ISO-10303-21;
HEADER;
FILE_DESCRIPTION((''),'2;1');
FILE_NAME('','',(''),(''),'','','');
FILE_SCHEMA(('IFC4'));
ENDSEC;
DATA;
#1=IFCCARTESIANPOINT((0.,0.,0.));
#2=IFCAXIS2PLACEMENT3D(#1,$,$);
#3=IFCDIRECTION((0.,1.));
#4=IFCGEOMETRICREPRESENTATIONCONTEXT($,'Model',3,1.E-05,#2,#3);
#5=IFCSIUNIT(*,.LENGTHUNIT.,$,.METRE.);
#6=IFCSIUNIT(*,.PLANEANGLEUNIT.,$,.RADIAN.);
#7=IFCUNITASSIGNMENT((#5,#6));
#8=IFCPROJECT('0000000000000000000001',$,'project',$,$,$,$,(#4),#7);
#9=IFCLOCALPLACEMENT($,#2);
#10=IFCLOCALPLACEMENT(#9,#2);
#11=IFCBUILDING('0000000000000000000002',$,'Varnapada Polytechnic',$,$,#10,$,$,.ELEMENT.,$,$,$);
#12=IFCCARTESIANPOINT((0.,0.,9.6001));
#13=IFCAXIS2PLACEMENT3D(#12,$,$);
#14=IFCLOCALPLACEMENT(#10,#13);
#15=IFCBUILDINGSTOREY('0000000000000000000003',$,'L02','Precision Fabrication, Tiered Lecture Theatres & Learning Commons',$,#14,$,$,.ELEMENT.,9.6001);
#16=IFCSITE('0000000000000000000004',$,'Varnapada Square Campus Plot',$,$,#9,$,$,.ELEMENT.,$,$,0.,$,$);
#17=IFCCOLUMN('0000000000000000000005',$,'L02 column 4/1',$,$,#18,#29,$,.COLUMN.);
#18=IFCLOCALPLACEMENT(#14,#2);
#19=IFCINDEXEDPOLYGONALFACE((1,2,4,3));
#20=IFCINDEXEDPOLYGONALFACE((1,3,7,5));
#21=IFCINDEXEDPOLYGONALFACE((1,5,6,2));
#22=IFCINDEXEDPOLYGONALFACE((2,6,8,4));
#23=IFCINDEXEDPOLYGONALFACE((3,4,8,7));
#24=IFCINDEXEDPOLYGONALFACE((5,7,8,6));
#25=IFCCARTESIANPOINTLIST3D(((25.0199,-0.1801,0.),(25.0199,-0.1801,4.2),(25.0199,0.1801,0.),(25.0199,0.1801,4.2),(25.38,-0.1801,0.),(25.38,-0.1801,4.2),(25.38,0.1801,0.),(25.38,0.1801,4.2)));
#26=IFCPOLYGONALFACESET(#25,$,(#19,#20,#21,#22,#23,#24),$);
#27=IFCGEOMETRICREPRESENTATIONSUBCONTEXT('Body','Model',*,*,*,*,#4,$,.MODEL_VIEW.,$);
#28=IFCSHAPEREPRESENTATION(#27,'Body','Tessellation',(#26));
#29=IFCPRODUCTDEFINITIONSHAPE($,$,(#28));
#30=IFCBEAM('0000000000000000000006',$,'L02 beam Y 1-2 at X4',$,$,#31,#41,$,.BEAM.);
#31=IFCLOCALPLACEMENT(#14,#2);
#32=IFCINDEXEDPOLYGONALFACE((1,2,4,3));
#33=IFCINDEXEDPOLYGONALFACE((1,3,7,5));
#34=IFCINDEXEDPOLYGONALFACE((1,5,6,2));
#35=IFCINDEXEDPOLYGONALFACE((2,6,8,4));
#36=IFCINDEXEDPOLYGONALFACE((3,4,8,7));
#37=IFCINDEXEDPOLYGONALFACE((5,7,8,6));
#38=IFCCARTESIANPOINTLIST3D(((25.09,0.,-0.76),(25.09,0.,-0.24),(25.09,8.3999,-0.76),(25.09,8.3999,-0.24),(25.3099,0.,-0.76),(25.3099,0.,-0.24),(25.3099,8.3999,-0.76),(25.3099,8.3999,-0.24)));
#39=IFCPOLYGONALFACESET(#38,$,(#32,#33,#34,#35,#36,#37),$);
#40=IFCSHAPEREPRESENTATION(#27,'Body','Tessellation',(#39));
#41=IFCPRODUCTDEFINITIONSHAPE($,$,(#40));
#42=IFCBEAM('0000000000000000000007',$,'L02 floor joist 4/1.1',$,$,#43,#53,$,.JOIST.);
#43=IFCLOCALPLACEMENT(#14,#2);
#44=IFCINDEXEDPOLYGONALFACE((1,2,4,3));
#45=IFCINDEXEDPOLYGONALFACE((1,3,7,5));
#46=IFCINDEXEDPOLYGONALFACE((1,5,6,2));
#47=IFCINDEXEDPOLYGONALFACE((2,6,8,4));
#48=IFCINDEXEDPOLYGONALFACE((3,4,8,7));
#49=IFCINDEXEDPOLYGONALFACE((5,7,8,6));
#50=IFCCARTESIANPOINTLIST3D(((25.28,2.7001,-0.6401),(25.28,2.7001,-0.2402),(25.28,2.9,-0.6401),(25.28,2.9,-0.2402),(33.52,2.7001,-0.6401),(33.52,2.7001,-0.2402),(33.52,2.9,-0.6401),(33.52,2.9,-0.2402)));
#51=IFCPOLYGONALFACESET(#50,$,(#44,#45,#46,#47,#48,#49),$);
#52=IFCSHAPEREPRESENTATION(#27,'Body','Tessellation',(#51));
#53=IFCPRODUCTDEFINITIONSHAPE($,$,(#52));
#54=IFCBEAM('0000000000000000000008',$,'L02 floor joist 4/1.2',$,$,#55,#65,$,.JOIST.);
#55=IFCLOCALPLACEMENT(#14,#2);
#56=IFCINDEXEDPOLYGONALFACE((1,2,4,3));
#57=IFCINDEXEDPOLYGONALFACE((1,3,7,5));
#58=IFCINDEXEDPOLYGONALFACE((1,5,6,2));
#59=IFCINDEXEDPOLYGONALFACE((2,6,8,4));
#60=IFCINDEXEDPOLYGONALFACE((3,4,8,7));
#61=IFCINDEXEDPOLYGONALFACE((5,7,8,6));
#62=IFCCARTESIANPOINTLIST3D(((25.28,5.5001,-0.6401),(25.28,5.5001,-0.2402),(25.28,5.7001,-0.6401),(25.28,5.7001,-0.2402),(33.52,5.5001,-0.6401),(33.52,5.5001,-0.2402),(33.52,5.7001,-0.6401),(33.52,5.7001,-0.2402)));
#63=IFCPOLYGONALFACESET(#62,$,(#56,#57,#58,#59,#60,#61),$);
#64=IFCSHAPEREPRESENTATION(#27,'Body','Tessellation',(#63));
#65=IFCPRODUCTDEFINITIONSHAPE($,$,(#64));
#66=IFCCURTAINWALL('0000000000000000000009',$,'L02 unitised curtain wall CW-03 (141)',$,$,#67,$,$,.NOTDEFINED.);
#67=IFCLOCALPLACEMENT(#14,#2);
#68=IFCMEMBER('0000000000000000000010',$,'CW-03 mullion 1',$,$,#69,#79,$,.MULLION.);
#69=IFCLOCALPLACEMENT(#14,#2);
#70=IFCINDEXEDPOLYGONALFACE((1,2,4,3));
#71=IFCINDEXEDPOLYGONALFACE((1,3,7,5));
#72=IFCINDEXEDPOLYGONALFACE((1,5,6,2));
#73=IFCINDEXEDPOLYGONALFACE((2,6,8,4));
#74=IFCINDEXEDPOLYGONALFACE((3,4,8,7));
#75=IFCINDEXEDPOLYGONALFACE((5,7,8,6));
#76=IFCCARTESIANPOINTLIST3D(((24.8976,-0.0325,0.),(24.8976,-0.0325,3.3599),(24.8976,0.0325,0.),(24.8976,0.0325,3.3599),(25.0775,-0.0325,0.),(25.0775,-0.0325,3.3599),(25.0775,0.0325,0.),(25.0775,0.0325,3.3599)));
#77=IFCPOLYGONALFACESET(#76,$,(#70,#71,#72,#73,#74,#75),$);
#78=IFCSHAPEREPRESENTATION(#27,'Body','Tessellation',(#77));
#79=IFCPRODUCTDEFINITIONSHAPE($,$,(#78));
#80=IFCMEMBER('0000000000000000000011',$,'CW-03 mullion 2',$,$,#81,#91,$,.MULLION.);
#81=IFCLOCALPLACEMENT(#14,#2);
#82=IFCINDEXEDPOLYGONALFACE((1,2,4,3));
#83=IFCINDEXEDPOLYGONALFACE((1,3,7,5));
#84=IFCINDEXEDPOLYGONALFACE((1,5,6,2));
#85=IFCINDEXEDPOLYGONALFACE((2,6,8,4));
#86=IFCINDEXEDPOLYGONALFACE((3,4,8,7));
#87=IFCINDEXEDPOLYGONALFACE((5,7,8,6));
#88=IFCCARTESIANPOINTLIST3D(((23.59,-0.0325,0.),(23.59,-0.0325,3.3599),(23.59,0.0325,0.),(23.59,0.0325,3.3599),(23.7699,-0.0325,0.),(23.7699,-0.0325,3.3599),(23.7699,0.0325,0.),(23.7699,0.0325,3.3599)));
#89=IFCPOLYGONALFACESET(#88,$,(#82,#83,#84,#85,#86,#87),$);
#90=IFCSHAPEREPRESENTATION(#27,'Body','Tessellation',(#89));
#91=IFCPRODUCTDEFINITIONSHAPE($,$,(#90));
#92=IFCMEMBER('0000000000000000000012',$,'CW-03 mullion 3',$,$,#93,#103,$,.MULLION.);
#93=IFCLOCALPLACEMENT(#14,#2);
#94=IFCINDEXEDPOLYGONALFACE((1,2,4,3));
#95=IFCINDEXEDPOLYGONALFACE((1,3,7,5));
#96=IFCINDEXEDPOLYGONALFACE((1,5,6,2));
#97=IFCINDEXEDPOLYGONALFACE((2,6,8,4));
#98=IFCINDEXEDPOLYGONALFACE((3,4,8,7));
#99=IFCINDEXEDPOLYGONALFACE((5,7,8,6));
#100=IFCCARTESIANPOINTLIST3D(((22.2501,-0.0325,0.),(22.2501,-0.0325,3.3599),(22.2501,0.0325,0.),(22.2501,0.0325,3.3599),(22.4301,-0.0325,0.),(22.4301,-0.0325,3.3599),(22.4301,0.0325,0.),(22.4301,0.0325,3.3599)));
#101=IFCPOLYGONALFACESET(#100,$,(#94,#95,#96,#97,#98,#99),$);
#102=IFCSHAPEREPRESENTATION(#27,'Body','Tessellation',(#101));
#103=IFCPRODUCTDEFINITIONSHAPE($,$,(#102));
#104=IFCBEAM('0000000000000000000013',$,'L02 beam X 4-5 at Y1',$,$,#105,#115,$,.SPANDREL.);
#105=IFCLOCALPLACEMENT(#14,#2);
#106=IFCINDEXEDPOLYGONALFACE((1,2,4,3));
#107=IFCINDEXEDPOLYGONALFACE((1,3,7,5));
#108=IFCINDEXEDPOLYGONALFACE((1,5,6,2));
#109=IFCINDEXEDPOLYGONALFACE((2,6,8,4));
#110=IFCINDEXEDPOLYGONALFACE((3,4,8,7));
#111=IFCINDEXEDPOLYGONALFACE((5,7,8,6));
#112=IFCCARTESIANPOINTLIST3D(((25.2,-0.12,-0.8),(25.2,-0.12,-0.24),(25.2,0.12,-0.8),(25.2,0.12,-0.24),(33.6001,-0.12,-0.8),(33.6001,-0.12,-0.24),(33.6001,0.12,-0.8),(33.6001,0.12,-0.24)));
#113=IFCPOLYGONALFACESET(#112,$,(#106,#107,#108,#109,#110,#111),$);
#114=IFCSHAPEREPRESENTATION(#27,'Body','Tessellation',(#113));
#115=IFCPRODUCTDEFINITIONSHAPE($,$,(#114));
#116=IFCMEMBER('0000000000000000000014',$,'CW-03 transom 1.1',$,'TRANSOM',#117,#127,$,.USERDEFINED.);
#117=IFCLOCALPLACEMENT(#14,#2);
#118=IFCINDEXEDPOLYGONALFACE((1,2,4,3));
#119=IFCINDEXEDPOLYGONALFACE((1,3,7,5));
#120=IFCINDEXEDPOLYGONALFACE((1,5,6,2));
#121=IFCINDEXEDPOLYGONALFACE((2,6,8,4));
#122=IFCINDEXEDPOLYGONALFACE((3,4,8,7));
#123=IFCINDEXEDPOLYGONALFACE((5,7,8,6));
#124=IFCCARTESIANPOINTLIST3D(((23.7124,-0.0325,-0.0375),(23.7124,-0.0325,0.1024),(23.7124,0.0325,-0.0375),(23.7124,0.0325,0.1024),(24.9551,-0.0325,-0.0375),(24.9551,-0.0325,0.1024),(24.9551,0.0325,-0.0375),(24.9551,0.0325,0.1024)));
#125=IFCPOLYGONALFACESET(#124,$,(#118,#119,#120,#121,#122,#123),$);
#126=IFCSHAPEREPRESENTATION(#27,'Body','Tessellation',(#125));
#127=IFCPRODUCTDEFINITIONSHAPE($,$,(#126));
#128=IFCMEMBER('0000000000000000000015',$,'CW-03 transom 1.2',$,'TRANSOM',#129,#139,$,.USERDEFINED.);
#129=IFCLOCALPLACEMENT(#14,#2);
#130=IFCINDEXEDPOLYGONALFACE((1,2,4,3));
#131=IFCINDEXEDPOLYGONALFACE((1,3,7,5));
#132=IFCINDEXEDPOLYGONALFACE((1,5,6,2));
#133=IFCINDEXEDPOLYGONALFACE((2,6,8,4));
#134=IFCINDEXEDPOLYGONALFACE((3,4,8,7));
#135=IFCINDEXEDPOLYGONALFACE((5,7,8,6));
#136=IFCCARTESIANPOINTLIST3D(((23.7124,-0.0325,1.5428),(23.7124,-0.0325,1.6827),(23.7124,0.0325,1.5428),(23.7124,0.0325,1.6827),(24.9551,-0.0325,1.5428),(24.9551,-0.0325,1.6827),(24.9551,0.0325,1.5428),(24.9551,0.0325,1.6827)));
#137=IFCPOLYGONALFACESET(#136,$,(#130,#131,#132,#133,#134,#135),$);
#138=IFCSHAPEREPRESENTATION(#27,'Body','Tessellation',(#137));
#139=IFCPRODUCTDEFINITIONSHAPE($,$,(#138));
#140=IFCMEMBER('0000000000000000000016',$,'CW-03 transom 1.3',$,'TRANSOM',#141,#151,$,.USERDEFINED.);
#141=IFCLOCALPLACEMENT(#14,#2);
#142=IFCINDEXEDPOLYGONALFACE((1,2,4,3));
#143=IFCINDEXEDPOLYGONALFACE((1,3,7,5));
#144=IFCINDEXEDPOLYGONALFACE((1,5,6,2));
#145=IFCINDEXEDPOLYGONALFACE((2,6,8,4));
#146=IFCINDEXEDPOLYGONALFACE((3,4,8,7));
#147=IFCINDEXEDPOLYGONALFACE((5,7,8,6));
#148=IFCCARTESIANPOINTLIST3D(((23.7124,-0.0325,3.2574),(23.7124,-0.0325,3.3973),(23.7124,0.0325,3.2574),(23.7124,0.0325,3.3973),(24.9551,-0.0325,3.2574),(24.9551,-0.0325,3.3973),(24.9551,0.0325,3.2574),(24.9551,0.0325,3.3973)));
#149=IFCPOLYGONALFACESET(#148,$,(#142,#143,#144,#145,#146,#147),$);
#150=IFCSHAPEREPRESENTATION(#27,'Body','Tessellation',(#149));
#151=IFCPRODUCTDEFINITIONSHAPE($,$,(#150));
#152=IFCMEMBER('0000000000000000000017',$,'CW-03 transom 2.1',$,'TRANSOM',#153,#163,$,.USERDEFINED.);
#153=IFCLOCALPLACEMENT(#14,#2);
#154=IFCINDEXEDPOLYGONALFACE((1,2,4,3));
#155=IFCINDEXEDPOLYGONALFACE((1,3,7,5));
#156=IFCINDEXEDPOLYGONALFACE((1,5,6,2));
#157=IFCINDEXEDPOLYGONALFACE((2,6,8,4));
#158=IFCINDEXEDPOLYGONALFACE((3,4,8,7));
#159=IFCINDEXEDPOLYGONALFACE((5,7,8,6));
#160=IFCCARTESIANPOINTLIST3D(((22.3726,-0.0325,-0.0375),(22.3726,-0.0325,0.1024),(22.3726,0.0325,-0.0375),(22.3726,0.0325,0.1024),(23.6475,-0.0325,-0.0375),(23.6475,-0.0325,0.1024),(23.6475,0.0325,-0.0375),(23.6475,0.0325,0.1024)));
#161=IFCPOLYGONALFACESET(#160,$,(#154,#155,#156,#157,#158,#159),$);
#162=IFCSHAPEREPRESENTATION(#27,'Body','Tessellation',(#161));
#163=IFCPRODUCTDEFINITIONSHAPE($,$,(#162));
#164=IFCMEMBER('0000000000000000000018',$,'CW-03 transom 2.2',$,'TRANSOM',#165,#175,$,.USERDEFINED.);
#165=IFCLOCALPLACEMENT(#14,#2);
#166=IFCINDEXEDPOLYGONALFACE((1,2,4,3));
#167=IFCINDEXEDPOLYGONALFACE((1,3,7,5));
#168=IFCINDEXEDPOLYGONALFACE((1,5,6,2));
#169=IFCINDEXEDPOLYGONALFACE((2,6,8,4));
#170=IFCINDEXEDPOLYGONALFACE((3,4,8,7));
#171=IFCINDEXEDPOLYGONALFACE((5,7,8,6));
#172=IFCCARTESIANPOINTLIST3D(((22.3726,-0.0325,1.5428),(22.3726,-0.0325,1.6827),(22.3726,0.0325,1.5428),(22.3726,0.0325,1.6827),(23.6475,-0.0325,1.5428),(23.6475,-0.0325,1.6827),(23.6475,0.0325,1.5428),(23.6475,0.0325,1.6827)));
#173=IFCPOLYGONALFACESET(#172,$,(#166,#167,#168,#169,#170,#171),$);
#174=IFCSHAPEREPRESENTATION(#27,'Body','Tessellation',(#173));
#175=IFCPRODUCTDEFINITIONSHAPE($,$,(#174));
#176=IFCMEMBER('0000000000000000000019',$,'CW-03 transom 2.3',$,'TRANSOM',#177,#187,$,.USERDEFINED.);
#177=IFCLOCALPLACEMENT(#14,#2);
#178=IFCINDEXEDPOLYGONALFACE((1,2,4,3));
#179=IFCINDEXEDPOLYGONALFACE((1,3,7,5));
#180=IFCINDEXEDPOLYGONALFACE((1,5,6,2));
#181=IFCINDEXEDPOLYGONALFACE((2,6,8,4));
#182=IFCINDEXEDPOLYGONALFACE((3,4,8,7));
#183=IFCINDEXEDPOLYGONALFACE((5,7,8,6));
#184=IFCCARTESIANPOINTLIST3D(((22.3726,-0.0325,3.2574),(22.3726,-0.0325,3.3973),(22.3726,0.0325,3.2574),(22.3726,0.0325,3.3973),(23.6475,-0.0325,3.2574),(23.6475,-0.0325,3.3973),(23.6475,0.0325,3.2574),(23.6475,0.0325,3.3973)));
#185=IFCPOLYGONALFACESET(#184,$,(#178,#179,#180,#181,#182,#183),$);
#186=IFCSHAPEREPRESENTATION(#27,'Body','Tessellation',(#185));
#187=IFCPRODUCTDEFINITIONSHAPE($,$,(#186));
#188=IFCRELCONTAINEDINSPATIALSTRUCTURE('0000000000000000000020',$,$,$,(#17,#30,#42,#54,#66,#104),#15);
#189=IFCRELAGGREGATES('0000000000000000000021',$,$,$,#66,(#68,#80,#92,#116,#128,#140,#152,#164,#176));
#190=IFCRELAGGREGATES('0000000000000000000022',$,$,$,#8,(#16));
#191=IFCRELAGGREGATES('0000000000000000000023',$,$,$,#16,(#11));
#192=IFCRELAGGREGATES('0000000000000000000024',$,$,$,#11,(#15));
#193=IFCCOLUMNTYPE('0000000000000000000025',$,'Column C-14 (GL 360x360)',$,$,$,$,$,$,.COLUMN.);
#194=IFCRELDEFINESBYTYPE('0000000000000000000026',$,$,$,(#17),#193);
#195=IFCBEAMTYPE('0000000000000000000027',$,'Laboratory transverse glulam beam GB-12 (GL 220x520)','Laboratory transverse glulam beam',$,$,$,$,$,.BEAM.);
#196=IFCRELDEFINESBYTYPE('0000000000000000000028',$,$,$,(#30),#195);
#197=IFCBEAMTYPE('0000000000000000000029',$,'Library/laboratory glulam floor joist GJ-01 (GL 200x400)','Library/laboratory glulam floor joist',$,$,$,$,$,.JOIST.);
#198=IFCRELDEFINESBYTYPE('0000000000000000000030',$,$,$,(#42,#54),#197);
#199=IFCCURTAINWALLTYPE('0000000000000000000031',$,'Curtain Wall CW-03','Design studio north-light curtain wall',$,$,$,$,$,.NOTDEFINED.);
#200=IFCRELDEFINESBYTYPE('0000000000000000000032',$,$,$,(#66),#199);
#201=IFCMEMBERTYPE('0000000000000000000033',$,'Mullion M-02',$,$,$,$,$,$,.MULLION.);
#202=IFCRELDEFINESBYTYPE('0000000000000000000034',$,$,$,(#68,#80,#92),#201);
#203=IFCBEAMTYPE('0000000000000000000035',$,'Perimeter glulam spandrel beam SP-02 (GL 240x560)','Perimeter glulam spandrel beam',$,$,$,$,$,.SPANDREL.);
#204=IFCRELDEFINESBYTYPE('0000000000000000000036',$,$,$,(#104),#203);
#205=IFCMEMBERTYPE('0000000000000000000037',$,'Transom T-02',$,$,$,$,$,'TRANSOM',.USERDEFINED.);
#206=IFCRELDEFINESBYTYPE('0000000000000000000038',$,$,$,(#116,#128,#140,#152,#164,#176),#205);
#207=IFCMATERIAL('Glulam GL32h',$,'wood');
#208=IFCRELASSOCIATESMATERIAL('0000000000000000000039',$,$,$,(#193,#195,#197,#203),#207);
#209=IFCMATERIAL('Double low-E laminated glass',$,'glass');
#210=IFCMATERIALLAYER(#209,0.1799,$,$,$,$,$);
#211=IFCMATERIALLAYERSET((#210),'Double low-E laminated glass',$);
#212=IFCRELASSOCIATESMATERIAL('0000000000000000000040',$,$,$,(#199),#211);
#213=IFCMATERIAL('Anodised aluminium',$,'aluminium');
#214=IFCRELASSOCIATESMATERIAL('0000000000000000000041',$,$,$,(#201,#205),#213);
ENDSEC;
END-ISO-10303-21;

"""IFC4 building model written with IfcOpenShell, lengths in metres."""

from ifc_helpers import new_model, si_unit, direction, frame, origin, origin_2d, place, context, subcontext, project, spatial, rectangle, extrude, material, layer, layer_set, material_profile, profile_set, type_object, element, aggregate, save


model = new_model("IFC4")

# Units and contexts
model_context = context("Model", 3, precision=1e-05, world=origin(), true_north=direction((0.0, 1.0)))
body_context = subcontext(model_context, "Body", "Model", "MODEL_VIEW")
ifc_project = project(units=[si_unit("LENGTHUNIT", "METRE"), si_unit("PLANEANGLEUNIT", "RADIAN")], contexts=[model_context])

# Site, building, storey
site_placement = place(None, origin())
site = spatial("IfcSite", under=ifc_project, at=site_placement, Name="Varnapada Square Campus Plot", CompositionType="ELEMENT", RefElevation=0.0)
building_placement = place(site_placement, origin())
building = spatial("IfcBuilding", under=site, at=building_placement, Name="Varnapada Polytechnic", CompositionType="ELEMENT")
storey_placement = place(building_placement, frame((0.0, 0.0, 9.6001)))
storey = spatial("IfcBuildingStorey", under=building, at=storey_placement, Name="L02", Description="Precision Fabrication, Tiered Lecture Theatres & Learning Commons", CompositionType="ELEMENT", Elevation=9.6001)

# Column
ifc_material_1 = material(Name="Glulam GL32h", Category="wood")
ifc_material_profile_1 = material_profile(ifc_material_1, rectangle(XDim=0.3601, YDim=0.3601, at=origin_2d()), Name="GL 360x360")
ifc_profile_set_1 = profile_set([ifc_material_profile_1], Name="Glulam GL32h")
column_type = type_object("IfcColumnType", Name="Column C-14 (GL 360x360)", PredefinedType="COLUMN", material=ifc_profile_set_1)
column_placement = place(storey_placement, frame((25.2, 0.0, 0.0), z_axis=(0.0, 0.0, 1.0), x_axis=(1.0, 0.0, 0.0)))
element("IfcColumn", 1, at=column_placement, inside=storey, type_object=column_type, Name="L02 column 4/1", PredefinedType="COLUMN", context=body_context, shape_type="SweptSolid", body=[
    extrude(rectangle(XDim=0.3601, YDim=0.3601, at=origin_2d()), origin(), (0.0, 0.0, 1.0), 4.2),
])

# Beams
ifc_material_profile_2 = material_profile(ifc_material_1, rectangle(XDim=0.22, YDim=0.52, at=origin_2d()), Name="GL 220x520")
ifc_profile_set_2 = profile_set([ifc_material_profile_2], Name="Glulam GL32h")
beam_type_1 = type_object("IfcBeamType", Name="Laboratory transverse glulam beam GB-12 (GL 220x520)", Description="Laboratory transverse glulam beam", PredefinedType="BEAM", material=ifc_profile_set_2)
beam_1_placement = place(storey_placement, frame((25.2, 0.0, -0.5), z_axis=(0.0, 1.0, 0.0), x_axis=(-1.0, 0.0, 0.0)))
element("IfcBeam", 2, at=beam_1_placement, inside=storey, type_object=beam_type_1, Name="L02 beam Y 1-2 at X4", PredefinedType="BEAM", context=body_context, shape_type="SweptSolid", body=[
    extrude(rectangle(XDim=0.22, YDim=0.52, at=origin_2d()), origin(), (0.0, 0.0, 1.0), 8.3999),
])
ifc_material_profile_3 = material_profile(ifc_material_1, rectangle(XDim=0.2, YDim=0.3999, at=origin_2d()), Name="GL 200x400")
ifc_profile_set_3 = profile_set([ifc_material_profile_3], Name="Glulam GL32h")
beam_type_2 = type_object("IfcBeamType", Name="Library/laboratory glulam floor joist GJ-01 (GL 200x400)", Description="Library/laboratory glulam floor joist", PredefinedType="JOIST", material=ifc_profile_set_3)
for number, where, z_axis, x_axis, name in (
    (3, (25.28, 2.8, -0.4402), (1.0, 0.0, 0.0), (0.0, 1.0, 0.0), "L02 floor joist 4/1.1"),
    (4, (25.28, 5.6001, -0.4402), (1.0, 0.0, 0.0), (0.0, 1.0, 0.0), "L02 floor joist 4/1.2"),
):
    element("IfcBeam", number, at=place(storey_placement, frame(where, z_axis=z_axis, x_axis=x_axis)), inside=storey, type_object=beam_type_2, Name=name, PredefinedType="JOIST", context=body_context, shape_type="SweptSolid", body=[
        extrude(rectangle(XDim=0.2, YDim=0.3999, at=origin_2d()), origin(), (0.0, 0.0, 1.0), 8.24),
    ])

# Curtain wall, members
ifc_material_2 = material(Name="Double low-E laminated glass", Category="glass")
ifc_layer_1 = layer(ifc_material_2, 0.1799)
ifc_layer_set_1 = layer_set([ifc_layer_1], Name="Double low-E laminated glass")
curtain_wall_type = type_object("IfcCurtainWallType", Name="Curtain Wall CW-03", Description="Design studio north-light curtain wall", PredefinedType="NOTDEFINED", material=ifc_layer_set_1)
curtain_wall_placement = place(storey_placement, origin())
curtain_wall = element("IfcCurtainWall", 5, at=curtain_wall_placement, inside=storey, type_object=curtain_wall_type, Name="L02 unitised curtain wall CW-03 (141)", PredefinedType="NOTDEFINED")
ifc_material_3 = material(Name="Anodised aluminium", Category="aluminium")
ifc_material_profile_4 = material_profile(ifc_material_3, rectangle(XDim=0.0649, YDim=0.1799, at=origin_2d()), Name="ALU M65x180")
ifc_profile_set_4 = profile_set([ifc_material_profile_4], Name="Anodised aluminium")
member_type_1 = type_object("IfcMemberType", Name="Mullion M-02", PredefinedType="MULLION", material=ifc_profile_set_4)
member_1_placement = place(storey_placement, frame((24.9875, 0.0, 0.0), z_axis=(0.0, 0.0, 1.0), x_axis=(0.0, -1.0, 0.0)))
member_1 = element("IfcMember", 6, at=member_1_placement, type_object=member_type_1, Name="CW-03 mullion 1", PredefinedType="MULLION", context=body_context, shape_type="SweptSolid", body=[
    extrude(rectangle(XDim=0.0649, YDim=0.1799, at=origin_2d()), origin(), (0.0, 0.0, 1.0), 3.3599),
])
member_2_placement = place(storey_placement, frame((23.6799, 0.0, 0.0), z_axis=(0.0, 0.0, 1.0), x_axis=(0.0, -1.0, 0.0)))
member_2 = element("IfcMember", 7, at=member_2_placement, type_object=member_type_1, Name="CW-03 mullion 2", PredefinedType="MULLION", context=body_context, shape_type="SweptSolid", body=[
    extrude(rectangle(XDim=0.0649, YDim=0.1799, at=origin_2d()), origin(), (0.0, 0.0, 1.0), 3.3599),
])
member_3_placement = place(storey_placement, frame((22.3401, 0.0, 0.0), z_axis=(0.0, 0.0, 1.0), x_axis=(0.0, -1.0, 0.0)))
member_3 = element("IfcMember", 8, at=member_3_placement, type_object=member_type_1, Name="CW-03 mullion 3", PredefinedType="MULLION", context=body_context, shape_type="SweptSolid", body=[
    extrude(rectangle(XDim=0.0649, YDim=0.1799, at=origin_2d()), origin(), (0.0, 0.0, 1.0), 3.3599),
])

# Beam
ifc_material_profile_5 = material_profile(ifc_material_1, rectangle(XDim=0.24, YDim=0.5601, at=origin_2d()), Name="GL 240x560")
ifc_profile_set_5 = profile_set([ifc_material_profile_5], Name="Glulam GL32h")
beam_type_3 = type_object("IfcBeamType", Name="Perimeter glulam spandrel beam SP-02 (GL 240x560)", Description="Perimeter glulam spandrel beam", PredefinedType="SPANDREL", material=ifc_profile_set_5)
beam_2_placement = place(storey_placement, frame((25.2, 0.0, -0.52), z_axis=(1.0, 0.0, 0.0), x_axis=(0.0, 1.0, 0.0)))
element("IfcBeam", 9, at=beam_2_placement, inside=storey, type_object=beam_type_3, Name="L02 beam X 4-5 at Y1", PredefinedType="SPANDREL", context=body_context, shape_type="SweptSolid", body=[
    extrude(rectangle(XDim=0.24, YDim=0.5601, at=origin_2d()), origin(), (0.0, 0.0, 1.0), 8.4001),
])

# Members
ifc_material_profile_6 = material_profile(ifc_material_3, rectangle(XDim=0.0649, YDim=0.1399, at=origin_2d()), Name="ALU T65x140")
ifc_profile_set_6 = profile_set([ifc_material_profile_6], Name="Anodised aluminium")
member_type_2 = type_object("IfcMemberType", Name="Transom T-02", ElementType="TRANSOM", PredefinedType="USERDEFINED", material=ifc_profile_set_6)
member_4_placement = place(storey_placement, frame((24.9551, 0.0, 0.0325), z_axis=(-1.0, 0.0, 0.0), x_axis=(0.0, -1.0, 0.0)))
member_4 = element("IfcMember", 10, at=member_4_placement, type_object=member_type_2, Name="CW-03 transom 1.1", ObjectType="TRANSOM", PredefinedType="USERDEFINED", context=body_context, shape_type="SweptSolid", body=[
    extrude(rectangle(XDim=0.0649, YDim=0.1399, at=origin_2d()), origin(), (0.0, 0.0, 1.0), 1.2427),
])
member_5_placement = place(storey_placement, frame((24.9551, 0.0, 1.6128), z_axis=(-1.0, 0.0, 0.0), x_axis=(0.0, -1.0, 0.0)))
member_5 = element("IfcMember", 11, at=member_5_placement, type_object=member_type_2, Name="CW-03 transom 1.2", ObjectType="TRANSOM", PredefinedType="USERDEFINED", context=body_context, shape_type="SweptSolid", body=[
    extrude(rectangle(XDim=0.0649, YDim=0.1399, at=origin_2d()), origin(), (0.0, 0.0, 1.0), 1.2427),
])
member_6_placement = place(storey_placement, frame((24.9551, 0.0, 3.3274), z_axis=(-1.0, 0.0, 0.0), x_axis=(0.0, -1.0, 0.0)))
member_6 = element("IfcMember", 12, at=member_6_placement, type_object=member_type_2, Name="CW-03 transom 1.3", ObjectType="TRANSOM", PredefinedType="USERDEFINED", context=body_context, shape_type="SweptSolid", body=[
    extrude(rectangle(XDim=0.0649, YDim=0.1399, at=origin_2d()), origin(), (0.0, 0.0, 1.0), 1.2427),
])
member_7_placement = place(storey_placement, frame((23.6475, 0.0, 0.0325), z_axis=(-1.0, 0.0, 0.0), x_axis=(0.0, -1.0, 0.0)))
member_7 = element("IfcMember", 13, at=member_7_placement, type_object=member_type_2, Name="CW-03 transom 2.1", ObjectType="TRANSOM", PredefinedType="USERDEFINED", context=body_context, shape_type="SweptSolid", body=[
    extrude(rectangle(XDim=0.0649, YDim=0.1399, at=origin_2d()), origin(), (0.0, 0.0, 1.0), 1.2749),
])
member_8_placement = place(storey_placement, frame((23.6475, 0.0, 1.6128), z_axis=(-1.0, 0.0, 0.0), x_axis=(0.0, -1.0, 0.0)))
member_8 = element("IfcMember", 14, at=member_8_placement, type_object=member_type_2, Name="CW-03 transom 2.2", ObjectType="TRANSOM", PredefinedType="USERDEFINED", context=body_context, shape_type="SweptSolid", body=[
    extrude(rectangle(XDim=0.0649, YDim=0.1399, at=origin_2d()), origin(), (0.0, 0.0, 1.0), 1.2749),
])
member_9_placement = place(storey_placement, frame((23.6475, 0.0, 3.3274), z_axis=(-1.0, 0.0, 0.0), x_axis=(0.0, -1.0, 0.0)))
member_9 = element("IfcMember", 15, at=member_9_placement, type_object=member_type_2, Name="CW-03 transom 2.3", ObjectType="TRANSOM", PredefinedType="USERDEFINED", context=body_context, shape_type="SweptSolid", body=[
    extrude(rectangle(XDim=0.0649, YDim=0.1399, at=origin_2d()), origin(), (0.0, 0.0, 1.0), 1.2749),
])

aggregate(curtain_wall, [member_1, member_2, member_3, member_4, member_5, member_6, member_7, member_8, member_9])

save(model, "model.ifc")
